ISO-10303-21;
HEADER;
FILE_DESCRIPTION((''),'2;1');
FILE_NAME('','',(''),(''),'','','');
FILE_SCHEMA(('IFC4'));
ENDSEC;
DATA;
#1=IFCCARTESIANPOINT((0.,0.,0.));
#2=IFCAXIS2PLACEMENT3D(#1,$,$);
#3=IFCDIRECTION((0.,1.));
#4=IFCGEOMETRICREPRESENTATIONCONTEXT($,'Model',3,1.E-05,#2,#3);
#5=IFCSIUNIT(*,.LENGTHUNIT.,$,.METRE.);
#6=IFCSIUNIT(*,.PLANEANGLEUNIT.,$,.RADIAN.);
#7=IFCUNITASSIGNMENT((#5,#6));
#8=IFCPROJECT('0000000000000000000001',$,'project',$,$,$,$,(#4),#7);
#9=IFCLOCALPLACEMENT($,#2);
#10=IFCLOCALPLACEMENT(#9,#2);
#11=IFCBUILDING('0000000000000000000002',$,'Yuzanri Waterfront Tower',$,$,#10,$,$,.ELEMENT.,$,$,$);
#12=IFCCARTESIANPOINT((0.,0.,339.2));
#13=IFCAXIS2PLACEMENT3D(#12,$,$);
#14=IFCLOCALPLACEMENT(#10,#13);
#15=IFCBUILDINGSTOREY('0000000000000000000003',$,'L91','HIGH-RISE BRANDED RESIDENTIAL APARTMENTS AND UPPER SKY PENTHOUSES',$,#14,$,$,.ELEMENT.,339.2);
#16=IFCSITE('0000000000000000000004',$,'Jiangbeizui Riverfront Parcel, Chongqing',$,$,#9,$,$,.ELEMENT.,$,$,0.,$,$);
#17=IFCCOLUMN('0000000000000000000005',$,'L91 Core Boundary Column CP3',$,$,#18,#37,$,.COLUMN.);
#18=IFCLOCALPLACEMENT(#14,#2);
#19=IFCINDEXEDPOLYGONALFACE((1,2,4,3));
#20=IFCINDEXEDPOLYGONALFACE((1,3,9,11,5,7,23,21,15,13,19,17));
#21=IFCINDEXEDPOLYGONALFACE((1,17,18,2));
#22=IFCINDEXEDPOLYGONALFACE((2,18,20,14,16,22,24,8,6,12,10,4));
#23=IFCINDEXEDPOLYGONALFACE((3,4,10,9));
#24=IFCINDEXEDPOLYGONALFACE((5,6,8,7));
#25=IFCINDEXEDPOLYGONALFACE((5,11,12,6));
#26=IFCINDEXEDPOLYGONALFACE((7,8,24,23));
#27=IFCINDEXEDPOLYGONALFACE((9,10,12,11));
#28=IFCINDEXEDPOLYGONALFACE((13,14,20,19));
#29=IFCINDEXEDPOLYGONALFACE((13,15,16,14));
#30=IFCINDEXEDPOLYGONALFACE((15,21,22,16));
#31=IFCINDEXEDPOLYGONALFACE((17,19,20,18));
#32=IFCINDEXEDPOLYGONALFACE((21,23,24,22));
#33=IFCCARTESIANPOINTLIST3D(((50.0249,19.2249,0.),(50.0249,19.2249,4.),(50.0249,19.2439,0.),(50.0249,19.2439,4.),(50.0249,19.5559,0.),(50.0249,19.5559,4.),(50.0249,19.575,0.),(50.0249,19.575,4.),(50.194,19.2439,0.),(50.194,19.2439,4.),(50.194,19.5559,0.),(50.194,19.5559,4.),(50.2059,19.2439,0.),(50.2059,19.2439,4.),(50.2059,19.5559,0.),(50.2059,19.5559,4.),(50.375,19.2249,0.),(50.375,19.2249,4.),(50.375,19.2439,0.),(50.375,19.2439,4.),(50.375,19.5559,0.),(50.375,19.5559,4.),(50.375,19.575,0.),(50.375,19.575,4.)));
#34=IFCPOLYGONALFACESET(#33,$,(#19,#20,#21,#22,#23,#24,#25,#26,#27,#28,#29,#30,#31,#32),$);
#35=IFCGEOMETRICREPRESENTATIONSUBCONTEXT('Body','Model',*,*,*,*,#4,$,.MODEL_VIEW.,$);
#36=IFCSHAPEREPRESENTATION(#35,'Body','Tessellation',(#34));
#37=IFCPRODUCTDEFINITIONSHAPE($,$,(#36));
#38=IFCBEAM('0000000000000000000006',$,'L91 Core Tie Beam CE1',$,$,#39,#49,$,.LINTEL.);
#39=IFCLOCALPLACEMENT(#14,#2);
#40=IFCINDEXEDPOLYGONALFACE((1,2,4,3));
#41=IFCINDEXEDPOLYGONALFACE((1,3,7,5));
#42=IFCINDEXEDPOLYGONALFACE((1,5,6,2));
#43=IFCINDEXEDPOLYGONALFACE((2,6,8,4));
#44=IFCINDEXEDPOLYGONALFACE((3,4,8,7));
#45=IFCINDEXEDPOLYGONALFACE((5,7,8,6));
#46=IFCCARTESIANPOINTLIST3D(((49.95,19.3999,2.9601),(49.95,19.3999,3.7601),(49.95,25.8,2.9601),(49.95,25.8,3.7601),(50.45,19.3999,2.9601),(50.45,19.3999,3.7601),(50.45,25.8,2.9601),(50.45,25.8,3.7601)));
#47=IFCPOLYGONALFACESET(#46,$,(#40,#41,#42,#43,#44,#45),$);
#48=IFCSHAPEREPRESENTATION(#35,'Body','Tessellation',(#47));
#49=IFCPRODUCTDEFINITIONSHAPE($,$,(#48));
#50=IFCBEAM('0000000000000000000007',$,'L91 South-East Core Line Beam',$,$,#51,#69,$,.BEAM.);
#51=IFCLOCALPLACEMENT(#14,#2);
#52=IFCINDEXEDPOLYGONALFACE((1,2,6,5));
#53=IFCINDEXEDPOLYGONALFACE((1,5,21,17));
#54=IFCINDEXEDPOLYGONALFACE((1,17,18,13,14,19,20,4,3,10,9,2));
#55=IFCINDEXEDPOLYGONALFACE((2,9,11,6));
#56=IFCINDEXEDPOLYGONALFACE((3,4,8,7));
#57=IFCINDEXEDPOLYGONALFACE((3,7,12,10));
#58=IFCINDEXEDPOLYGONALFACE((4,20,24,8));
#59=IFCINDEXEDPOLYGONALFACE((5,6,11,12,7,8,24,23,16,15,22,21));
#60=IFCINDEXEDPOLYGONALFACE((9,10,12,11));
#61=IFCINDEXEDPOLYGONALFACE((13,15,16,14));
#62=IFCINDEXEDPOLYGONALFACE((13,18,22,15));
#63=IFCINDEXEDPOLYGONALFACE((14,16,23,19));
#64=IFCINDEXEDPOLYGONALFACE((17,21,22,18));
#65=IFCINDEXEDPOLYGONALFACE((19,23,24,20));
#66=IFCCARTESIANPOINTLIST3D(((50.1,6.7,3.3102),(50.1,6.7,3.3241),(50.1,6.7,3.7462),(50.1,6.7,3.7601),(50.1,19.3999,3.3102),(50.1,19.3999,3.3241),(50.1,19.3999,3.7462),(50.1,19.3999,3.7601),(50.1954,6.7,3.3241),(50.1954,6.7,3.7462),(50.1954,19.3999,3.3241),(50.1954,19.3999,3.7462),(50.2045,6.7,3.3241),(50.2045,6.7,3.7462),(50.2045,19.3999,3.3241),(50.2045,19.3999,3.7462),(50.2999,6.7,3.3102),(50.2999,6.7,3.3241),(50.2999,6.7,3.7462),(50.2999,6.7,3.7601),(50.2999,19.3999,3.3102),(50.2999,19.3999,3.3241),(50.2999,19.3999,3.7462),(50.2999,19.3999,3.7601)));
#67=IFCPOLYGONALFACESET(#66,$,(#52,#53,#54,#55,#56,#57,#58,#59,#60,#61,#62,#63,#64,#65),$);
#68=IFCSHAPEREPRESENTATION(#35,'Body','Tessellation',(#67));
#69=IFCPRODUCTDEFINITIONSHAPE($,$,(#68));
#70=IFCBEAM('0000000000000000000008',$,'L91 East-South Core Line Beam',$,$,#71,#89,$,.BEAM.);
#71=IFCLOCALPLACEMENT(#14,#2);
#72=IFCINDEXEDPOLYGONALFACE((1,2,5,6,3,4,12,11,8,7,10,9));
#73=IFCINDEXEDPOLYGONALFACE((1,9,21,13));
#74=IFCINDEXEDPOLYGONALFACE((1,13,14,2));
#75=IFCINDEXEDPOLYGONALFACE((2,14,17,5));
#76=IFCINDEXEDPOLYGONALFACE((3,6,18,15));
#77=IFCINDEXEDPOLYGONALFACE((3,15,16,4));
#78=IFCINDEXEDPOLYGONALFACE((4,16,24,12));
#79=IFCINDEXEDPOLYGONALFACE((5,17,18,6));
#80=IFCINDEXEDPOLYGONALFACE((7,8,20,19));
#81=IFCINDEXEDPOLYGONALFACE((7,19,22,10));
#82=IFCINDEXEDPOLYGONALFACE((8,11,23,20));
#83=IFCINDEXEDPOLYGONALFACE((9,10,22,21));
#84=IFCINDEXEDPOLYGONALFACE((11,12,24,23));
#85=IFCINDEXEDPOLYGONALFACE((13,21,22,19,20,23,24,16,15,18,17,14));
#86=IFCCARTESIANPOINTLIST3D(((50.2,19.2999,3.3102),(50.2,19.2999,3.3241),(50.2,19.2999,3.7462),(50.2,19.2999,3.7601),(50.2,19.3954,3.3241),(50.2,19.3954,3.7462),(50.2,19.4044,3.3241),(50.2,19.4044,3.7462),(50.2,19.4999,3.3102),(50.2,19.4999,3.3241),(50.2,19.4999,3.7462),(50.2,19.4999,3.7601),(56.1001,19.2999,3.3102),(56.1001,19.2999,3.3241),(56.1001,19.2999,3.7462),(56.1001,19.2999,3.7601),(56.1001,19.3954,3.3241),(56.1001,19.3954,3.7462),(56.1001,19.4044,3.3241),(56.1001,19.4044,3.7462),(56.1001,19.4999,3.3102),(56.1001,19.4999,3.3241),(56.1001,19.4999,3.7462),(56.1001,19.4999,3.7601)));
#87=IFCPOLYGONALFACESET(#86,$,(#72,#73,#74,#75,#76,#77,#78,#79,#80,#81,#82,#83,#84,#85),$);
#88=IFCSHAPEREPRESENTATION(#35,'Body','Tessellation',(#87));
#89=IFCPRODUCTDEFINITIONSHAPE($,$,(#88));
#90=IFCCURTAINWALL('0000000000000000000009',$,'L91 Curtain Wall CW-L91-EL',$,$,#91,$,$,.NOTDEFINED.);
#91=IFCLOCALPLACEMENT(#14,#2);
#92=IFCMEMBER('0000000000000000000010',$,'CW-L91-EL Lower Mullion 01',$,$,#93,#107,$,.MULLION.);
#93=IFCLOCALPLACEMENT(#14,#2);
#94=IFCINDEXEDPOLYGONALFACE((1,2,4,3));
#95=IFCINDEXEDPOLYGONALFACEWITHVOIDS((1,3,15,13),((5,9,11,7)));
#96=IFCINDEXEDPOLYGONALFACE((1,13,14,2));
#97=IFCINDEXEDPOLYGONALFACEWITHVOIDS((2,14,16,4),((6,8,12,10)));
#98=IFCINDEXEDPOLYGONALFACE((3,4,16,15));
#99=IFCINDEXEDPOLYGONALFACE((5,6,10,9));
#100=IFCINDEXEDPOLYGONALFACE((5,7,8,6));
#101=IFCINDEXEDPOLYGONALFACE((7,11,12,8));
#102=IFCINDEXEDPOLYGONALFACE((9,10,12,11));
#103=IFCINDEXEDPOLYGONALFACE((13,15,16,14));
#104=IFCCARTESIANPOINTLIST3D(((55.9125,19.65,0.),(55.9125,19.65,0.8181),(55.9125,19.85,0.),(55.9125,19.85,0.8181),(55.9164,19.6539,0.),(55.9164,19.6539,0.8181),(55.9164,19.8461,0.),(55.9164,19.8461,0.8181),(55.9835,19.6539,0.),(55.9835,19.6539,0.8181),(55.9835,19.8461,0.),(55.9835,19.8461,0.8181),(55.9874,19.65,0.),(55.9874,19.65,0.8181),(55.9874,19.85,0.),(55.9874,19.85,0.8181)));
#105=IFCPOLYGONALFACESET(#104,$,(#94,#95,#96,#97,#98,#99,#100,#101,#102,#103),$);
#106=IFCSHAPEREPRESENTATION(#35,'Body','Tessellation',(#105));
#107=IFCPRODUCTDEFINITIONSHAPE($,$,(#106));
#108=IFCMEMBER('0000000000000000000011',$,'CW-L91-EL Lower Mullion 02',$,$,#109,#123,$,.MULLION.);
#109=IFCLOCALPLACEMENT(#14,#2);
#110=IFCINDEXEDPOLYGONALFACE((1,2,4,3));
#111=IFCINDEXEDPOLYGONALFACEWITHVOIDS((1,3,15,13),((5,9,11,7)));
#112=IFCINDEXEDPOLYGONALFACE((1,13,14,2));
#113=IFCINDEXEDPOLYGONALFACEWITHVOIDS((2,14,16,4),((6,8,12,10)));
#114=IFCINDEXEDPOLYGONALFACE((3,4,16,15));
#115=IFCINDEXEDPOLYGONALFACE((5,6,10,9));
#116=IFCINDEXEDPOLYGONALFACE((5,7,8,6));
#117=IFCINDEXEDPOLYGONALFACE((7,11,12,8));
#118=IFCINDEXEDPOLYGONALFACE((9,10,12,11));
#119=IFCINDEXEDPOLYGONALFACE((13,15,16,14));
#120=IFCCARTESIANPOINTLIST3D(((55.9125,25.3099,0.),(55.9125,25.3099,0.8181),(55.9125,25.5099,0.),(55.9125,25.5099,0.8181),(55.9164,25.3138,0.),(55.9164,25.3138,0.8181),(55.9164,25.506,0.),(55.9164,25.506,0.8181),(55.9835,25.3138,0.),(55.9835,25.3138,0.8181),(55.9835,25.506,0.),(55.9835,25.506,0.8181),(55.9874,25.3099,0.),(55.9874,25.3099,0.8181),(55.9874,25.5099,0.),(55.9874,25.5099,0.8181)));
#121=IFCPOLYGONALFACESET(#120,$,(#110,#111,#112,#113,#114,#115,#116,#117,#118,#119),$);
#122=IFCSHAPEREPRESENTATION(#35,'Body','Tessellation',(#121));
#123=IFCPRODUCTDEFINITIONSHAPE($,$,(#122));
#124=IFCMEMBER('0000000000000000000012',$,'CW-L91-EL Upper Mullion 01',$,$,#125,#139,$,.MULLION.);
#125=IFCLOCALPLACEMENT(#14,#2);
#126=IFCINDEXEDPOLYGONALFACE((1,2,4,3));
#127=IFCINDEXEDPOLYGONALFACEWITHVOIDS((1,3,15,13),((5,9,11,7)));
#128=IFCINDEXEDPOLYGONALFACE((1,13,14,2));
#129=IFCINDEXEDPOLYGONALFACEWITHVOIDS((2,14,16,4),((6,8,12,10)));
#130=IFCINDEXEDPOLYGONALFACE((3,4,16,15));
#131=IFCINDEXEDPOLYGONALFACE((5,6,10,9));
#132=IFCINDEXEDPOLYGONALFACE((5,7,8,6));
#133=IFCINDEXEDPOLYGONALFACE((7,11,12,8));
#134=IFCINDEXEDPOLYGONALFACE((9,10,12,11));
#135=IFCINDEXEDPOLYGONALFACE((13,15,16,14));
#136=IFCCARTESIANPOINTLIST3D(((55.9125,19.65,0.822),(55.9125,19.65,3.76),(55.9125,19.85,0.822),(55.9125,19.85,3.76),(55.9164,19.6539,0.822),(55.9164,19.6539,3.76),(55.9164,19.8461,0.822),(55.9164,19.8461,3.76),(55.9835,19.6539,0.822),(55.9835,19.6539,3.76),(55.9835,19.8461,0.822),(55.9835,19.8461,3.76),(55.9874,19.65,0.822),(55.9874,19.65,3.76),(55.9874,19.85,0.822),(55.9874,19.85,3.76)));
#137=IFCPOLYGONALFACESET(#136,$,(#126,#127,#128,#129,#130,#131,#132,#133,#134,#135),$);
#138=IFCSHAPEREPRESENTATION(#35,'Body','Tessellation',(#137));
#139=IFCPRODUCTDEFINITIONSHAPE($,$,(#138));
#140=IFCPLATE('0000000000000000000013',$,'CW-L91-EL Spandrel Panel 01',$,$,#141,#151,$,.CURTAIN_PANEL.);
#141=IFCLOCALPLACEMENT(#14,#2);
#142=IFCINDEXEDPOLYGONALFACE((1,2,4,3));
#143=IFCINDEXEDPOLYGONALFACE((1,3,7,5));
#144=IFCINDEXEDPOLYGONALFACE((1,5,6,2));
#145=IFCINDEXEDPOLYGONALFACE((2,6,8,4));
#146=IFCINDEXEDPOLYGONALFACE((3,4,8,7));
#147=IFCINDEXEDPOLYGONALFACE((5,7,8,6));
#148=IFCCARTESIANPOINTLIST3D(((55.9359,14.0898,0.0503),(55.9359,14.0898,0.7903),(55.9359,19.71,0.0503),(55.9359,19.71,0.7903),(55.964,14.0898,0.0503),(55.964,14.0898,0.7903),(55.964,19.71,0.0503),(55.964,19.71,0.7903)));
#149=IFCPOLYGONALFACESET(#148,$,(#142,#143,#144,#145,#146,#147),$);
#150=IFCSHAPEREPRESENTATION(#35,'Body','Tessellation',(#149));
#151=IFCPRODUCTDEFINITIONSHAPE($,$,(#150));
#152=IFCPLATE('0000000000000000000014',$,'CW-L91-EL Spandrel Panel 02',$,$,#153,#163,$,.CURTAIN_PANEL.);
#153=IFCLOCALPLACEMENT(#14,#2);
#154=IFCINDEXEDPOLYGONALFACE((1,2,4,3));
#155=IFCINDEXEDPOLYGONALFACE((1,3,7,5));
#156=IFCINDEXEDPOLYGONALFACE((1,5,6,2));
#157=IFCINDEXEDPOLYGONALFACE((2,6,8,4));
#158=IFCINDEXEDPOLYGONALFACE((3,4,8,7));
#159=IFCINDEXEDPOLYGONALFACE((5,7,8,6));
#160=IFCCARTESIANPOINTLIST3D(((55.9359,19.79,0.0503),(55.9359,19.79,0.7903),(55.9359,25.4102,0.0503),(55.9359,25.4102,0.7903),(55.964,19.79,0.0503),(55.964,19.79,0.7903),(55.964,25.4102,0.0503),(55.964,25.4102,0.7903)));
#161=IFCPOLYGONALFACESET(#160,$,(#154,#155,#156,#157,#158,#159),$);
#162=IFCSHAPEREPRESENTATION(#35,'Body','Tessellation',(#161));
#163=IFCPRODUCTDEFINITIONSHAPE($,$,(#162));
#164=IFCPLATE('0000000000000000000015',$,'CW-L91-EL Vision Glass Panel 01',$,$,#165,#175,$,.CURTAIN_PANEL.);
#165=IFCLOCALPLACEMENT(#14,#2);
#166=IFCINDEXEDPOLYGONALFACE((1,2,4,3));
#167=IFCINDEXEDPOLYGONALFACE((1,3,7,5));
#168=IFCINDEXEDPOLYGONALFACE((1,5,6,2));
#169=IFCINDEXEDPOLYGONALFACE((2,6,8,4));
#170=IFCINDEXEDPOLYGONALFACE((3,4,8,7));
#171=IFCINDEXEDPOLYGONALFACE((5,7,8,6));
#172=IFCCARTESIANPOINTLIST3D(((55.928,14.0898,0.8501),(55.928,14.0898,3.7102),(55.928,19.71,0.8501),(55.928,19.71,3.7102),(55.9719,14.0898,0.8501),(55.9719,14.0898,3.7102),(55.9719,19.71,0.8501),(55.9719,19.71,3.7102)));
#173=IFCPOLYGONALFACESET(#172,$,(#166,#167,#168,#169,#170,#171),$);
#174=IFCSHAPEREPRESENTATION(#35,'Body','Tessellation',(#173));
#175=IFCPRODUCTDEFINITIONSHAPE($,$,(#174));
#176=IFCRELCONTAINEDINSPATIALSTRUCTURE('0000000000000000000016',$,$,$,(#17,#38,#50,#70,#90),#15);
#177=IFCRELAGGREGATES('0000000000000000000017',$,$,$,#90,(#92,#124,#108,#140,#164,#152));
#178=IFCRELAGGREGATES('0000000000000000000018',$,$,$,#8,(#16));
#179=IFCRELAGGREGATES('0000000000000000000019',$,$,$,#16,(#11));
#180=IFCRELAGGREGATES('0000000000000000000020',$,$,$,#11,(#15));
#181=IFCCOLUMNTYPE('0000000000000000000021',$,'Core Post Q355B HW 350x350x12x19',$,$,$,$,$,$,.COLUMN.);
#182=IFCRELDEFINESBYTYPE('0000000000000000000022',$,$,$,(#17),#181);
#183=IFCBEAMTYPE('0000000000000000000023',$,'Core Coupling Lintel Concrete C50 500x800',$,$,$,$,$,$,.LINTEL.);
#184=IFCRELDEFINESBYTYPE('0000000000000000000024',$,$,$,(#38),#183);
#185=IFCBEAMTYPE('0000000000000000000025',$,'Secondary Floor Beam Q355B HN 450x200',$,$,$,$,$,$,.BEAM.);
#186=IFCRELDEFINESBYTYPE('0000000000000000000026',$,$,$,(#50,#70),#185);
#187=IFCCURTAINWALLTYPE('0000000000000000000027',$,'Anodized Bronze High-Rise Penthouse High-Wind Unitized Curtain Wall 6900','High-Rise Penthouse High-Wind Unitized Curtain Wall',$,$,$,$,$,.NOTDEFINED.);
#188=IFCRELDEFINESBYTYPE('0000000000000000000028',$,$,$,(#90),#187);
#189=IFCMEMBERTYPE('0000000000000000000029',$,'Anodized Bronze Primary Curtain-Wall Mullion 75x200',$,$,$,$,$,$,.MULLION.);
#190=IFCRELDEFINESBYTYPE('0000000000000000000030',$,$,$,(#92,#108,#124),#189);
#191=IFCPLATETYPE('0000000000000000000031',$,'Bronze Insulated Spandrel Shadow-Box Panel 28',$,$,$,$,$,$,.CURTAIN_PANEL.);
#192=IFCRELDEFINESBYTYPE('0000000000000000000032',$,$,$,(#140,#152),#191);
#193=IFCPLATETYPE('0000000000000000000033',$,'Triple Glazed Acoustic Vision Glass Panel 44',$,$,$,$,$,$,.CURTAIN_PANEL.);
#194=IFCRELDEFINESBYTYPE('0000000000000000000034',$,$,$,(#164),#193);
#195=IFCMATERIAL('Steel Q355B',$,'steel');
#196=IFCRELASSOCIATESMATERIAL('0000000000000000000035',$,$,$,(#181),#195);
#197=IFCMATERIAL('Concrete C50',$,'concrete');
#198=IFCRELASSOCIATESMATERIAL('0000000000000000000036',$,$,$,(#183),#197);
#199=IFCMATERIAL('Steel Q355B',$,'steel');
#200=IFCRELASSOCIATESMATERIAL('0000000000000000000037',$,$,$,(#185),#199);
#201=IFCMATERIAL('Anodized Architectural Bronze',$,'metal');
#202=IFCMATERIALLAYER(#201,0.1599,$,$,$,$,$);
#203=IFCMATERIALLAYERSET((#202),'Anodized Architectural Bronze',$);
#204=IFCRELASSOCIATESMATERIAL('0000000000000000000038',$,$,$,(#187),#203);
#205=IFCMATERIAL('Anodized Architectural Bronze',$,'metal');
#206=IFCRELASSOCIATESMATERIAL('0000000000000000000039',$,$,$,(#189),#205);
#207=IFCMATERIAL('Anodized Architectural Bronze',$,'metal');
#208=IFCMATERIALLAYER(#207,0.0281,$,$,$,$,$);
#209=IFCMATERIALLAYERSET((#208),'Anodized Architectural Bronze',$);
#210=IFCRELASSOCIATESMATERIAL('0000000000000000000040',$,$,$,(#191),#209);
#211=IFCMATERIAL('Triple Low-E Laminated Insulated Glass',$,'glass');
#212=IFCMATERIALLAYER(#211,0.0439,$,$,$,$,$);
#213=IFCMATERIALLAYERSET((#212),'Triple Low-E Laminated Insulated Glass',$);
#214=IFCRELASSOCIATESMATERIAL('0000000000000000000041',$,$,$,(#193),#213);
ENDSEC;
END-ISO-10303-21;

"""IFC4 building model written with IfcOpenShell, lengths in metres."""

from ifc_helpers import new_model, si_unit, direction, frame, origin, origin_2d, place, context, subcontext, project, spatial, rectangle, hollow_rectangle, i_section, extrude, source, transform, mapped, material, layer, layer_set, material_profile, profile_set, type_object, element, aggregate, save


model = new_model("IFC4")

# Units and contexts
model_context = context("Model", 3, precision=1e-05, world=origin(), true_north=direction((0.0, 1.0)))
body_context = subcontext(model_context, "Body", "Model", "MODEL_VIEW")
ifc_project = project(units=[si_unit("LENGTHUNIT", "METRE"), si_unit("PLANEANGLEUNIT", "RADIAN")], contexts=[model_context])

# Site, building, storey
site_placement = place(None, origin())
site = spatial("IfcSite", under=ifc_project, at=site_placement, Name="Jiangbeizui Riverfront Parcel, Chongqing", CompositionType="ELEMENT", RefElevation=0.0)
building_placement = place(site_placement, origin())
building = spatial("IfcBuilding", under=site, at=building_placement, Name="Yuzanri Waterfront Tower", CompositionType="ELEMENT")
storey_placement = place(building_placement, frame((0.0, 0.0, 339.2)))
storey = spatial("IfcBuildingStorey", under=building, at=storey_placement, Name="L91", Description="HIGH-RISE BRANDED RESIDENTIAL APARTMENTS AND UPPER SKY PENTHOUSES", CompositionType="ELEMENT", Elevation=339.2)

# Column
ifc_material_1 = material(Name="Steel Q355B", Category="steel")
ifc_material_profile_1 = material_profile(ifc_material_1, i_section(OverallWidth=0.3501, OverallDepth=0.3501, WebThickness=0.012, FlangeThickness=0.019, at=origin_2d()), Name="HW 350x350x12x19")
ifc_profile_set_1 = profile_set([ifc_material_profile_1], Name="Steel Q355B")
column_type = type_object("IfcColumnType", Name="Core Post Q355B HW 350x350x12x19", PredefinedType="COLUMN", material=ifc_profile_set_1)
shared_shape_1 = source(origin(), body_context, "Body", "SweptSolid", [
    extrude(i_section(OverallWidth=0.3501, OverallDepth=0.3501, WebThickness=0.012, FlangeThickness=0.019, at=origin_2d()), origin(), (0.0, 0.0, 1.0), 4.0),
])
column_placement = place(storey_placement, frame((50.2, 19.3999, 0.0), z_axis=(0.0, 0.0, 1.0), x_axis=(1.0, 0.0, 0.0)))
element("IfcColumn", 1, at=column_placement, inside=storey, type_object=column_type, Name="L91 Core Boundary Column CP3", PredefinedType="COLUMN", context=body_context, shape_type="MappedRepresentation", body=[
    mapped(shared_shape_1, transform((0.0, 0.0, 0.0), scale=1.0)),
])

# Beams
ifc_material_2 = material(Name="Concrete C50", Category="concrete")
ifc_material_profile_2 = material_profile(ifc_material_2, rectangle(XDim=0.5, YDim=0.8, at=origin_2d()), Name="RC 500x800")
ifc_profile_set_2 = profile_set([ifc_material_profile_2], Name="Concrete C50")
beam_type_1 = type_object("IfcBeamType", Name="Core Coupling Lintel Concrete C50 500x800", PredefinedType="LINTEL", material=ifc_profile_set_2)
shared_shape_2 = source(origin(), body_context, "Body", "SweptSolid", [
    extrude(rectangle(XDim=0.5, YDim=0.8, at=origin_2d()), origin(), (0.0, 0.0, 1.0), 6.4001),
])
beam_1_placement = place(storey_placement, frame((50.2, 19.3999, 3.3601), z_axis=(0.0, 1.0, 0.0), x_axis=(-1.0, 0.0, 0.0)))
element("IfcBeam", 2, at=beam_1_placement, inside=storey, type_object=beam_type_1, Name="L91 Core Tie Beam CE1", PredefinedType="LINTEL", context=body_context, shape_type="MappedRepresentation", body=[
    mapped(shared_shape_2, transform((0.0, 0.0, 0.0), scale=1.0)),
])
ifc_material_3 = material(Name="Steel Q355B", Category="steel")
ifc_material_profile_3 = material_profile(ifc_material_3, i_section(OverallWidth=0.2, OverallDepth=0.45, WebThickness=0.009, FlangeThickness=0.0139, at=origin_2d()), Name="HN 450x200x9x14")
ifc_profile_set_3 = profile_set([ifc_material_profile_3], Name="Steel Q355B")
beam_type_2 = type_object("IfcBeamType", Name="Secondary Floor Beam Q355B HN 450x200", PredefinedType="BEAM", material=ifc_profile_set_3)
shared_shape_3 = source(origin(), body_context, "Body", "SweptSolid", [
    extrude(i_section(OverallWidth=0.2, OverallDepth=0.45, WebThickness=0.009, FlangeThickness=0.0139, at=origin_2d()), origin(), (0.0, 0.0, 1.0), 12.7),
])
beam_2_placement = place(storey_placement, frame((50.2, 19.3999, 3.5352), z_axis=(0.0, -1.0, 0.0), x_axis=(1.0, 0.0, 0.0)))
element("IfcBeam", 3, at=beam_2_placement, inside=storey, type_object=beam_type_2, Name="L91 South-East Core Line Beam", PredefinedType="BEAM", context=body_context, shape_type="MappedRepresentation", body=[
    mapped(shared_shape_3, transform((0.0, 0.0, 0.0), scale=1.0)),
])
shared_shape_4 = source(origin(), body_context, "Body", "SweptSolid", [
    extrude(i_section(OverallWidth=0.2, OverallDepth=0.45, WebThickness=0.009, FlangeThickness=0.0139, at=origin_2d()), origin(), (0.0, 0.0, 1.0), 5.9001),
])
beam_3_placement = place(storey_placement, frame((50.2, 19.3999, 3.5352), z_axis=(1.0, 0.0, 0.0), x_axis=(0.0, 1.0, 0.0)))
element("IfcBeam", 4, at=beam_3_placement, inside=storey, type_object=beam_type_2, Name="L91 East-South Core Line Beam", PredefinedType="BEAM", context=body_context, shape_type="MappedRepresentation", body=[
    mapped(shared_shape_4, transform((0.0, 0.0, 0.0), scale=1.0)),
])

# Curtain wall, members, plates
ifc_material_4 = material(Name="Anodized Architectural Bronze", Category="metal")
ifc_layer_1 = layer(ifc_material_4, 0.1599)
ifc_layer_set_1 = layer_set([ifc_layer_1], Name="Anodized Architectural Bronze")
curtain_wall_type = type_object("IfcCurtainWallType", Name="Anodized Bronze High-Rise Penthouse High-Wind Unitized Curtain Wall 6900", Description="High-Rise Penthouse High-Wind Unitized Curtain Wall", PredefinedType="NOTDEFINED", material=ifc_layer_set_1)
curtain_wall_placement = place(storey_placement, origin())
curtain_wall = element("IfcCurtainWall", 5, at=curtain_wall_placement, inside=storey, type_object=curtain_wall_type, Name="L91 Curtain Wall CW-L91-EL", PredefinedType="NOTDEFINED")
ifc_material_5 = material(Name="Anodized Architectural Bronze", Category="metal")
ifc_material_profile_4 = material_profile(ifc_material_5, hollow_rectangle(XDim=0.075, YDim=0.2, WallThickness=0.0039, at=origin_2d()), Name="CWM 75x200")
ifc_profile_set_4 = profile_set([ifc_material_profile_4], Name="Anodized Architectural Bronze")
member_type = type_object("IfcMemberType", Name="Anodized Bronze Primary Curtain-Wall Mullion 75x200", PredefinedType="MULLION", material=ifc_profile_set_4)
shared_shape_5 = source(origin(), body_context, "Body", "SweptSolid", [
    extrude(hollow_rectangle(XDim=0.075, YDim=0.2, WallThickness=0.0039, at=origin_2d()), origin(), (0.0, 0.0, 1.0), 0.8181),
])
member_1_placement = place(storey_placement, frame((55.95, 19.75, 0.0), z_axis=(0.0, 0.0, 1.0), x_axis=(1.0, 0.0, 0.0)))
member_1 = element("IfcMember", 6, at=member_1_placement, type_object=member_type, Name="CW-L91-EL Lower Mullion 01", PredefinedType="MULLION", context=body_context, shape_type="MappedRepresentation", body=[
    mapped(shared_shape_5, transform((0.0, 0.0, 0.0), scale=1.0)),
])
member_2_placement = place(storey_placement, frame((55.95, 25.4099, 0.0), z_axis=(0.0, 0.0, 1.0), x_axis=(1.0, 0.0, 0.0)))
member_2 = element("IfcMember", 7, at=member_2_placement, type_object=member_type, Name="CW-L91-EL Lower Mullion 02", PredefinedType="MULLION", context=body_context, shape_type="MappedRepresentation", body=[
    mapped(shared_shape_5, transform((0.0, 0.0, 0.0), scale=1.0)),
])
shared_shape_6 = source(origin(), body_context, "Body", "SweptSolid", [
    extrude(hollow_rectangle(XDim=0.075, YDim=0.2, WallThickness=0.0039, at=origin_2d()), origin(), (0.0, 0.0, 1.0), 2.938),
])
member_3_placement = place(storey_placement, frame((55.95, 19.75, 0.822), z_axis=(0.0, 0.0, 1.0), x_axis=(1.0, 0.0, 0.0)))
member_3 = element("IfcMember", 8, at=member_3_placement, type_object=member_type, Name="CW-L91-EL Upper Mullion 01", PredefinedType="MULLION", context=body_context, shape_type="MappedRepresentation", body=[
    mapped(shared_shape_6, transform((0.0, 0.0, 0.0), scale=1.0)),
])
ifc_material_6 = material(Name="Anodized Architectural Bronze", Category="metal")
ifc_layer_2 = layer(ifc_material_6, 0.0281)
ifc_layer_set_2 = layer_set([ifc_layer_2], Name="Anodized Architectural Bronze")
plate_type_1 = type_object("IfcPlateType", Name="Bronze Insulated Spandrel Shadow-Box Panel 28", PredefinedType="CURTAIN_PANEL", material=ifc_layer_set_2)
shared_shape_7 = source(origin(), body_context, "Body", "SweptSolid", [
    extrude(rectangle(XDim=5.6201, YDim=0.0281, at=origin_2d()), origin(), (0.0, 0.0, 1.0), 0.74),
])
plate_1_placement = place(storey_placement, frame((55.95, 16.8999, 0.0503), z_axis=(0.0, 0.0, 1.0), x_axis=(0.0, 1.0, 0.0)))
plate_1 = element("IfcPlate", 9, at=plate_1_placement, type_object=plate_type_1, Name="CW-L91-EL Spandrel Panel 01", PredefinedType="CURTAIN_PANEL", context=body_context, shape_type="MappedRepresentation", body=[
    mapped(shared_shape_7, transform((0.0, 0.0, 0.0), scale=1.0)),
])
plate_2_placement = place(storey_placement, frame((55.95, 22.6001, 0.0503), z_axis=(0.0, 0.0, 1.0), x_axis=(0.0, 1.0, 0.0)))
plate_2 = element("IfcPlate", 10, at=plate_2_placement, type_object=plate_type_1, Name="CW-L91-EL Spandrel Panel 02", PredefinedType="CURTAIN_PANEL", context=body_context, shape_type="MappedRepresentation", body=[
    mapped(shared_shape_7, transform((0.0, 0.0, 0.0), scale=1.0)),
])
ifc_material_7 = material(Name="Triple Low-E Laminated Insulated Glass", Category="glass")
ifc_layer_3 = layer(ifc_material_7, 0.0439)
ifc_layer_set_3 = layer_set([ifc_layer_3], Name="Triple Low-E Laminated Insulated Glass")
plate_type_2 = type_object("IfcPlateType", Name="Triple Glazed Acoustic Vision Glass Panel 44", PredefinedType="CURTAIN_PANEL", material=ifc_layer_set_3)
shared_shape_8 = source(origin(), body_context, "Body", "SweptSolid", [
    extrude(rectangle(XDim=5.6201, YDim=0.0439, at=origin_2d()), origin(), (0.0, 0.0, 1.0), 2.8601),
])
plate_3_placement = place(storey_placement, frame((55.95, 16.8999, 0.8501), z_axis=(0.0, 0.0, 1.0), x_axis=(0.0, 1.0, 0.0)))
plate_3 = element("IfcPlate", 11, at=plate_3_placement, type_object=plate_type_2, Name="CW-L91-EL Vision Glass Panel 01", PredefinedType="CURTAIN_PANEL", context=body_context, shape_type="MappedRepresentation", body=[
    mapped(shared_shape_8, transform((0.0, 0.0, 0.0), scale=1.0)),
])
aggregate(curtain_wall, [member_1, member_3, member_2, plate_1, plate_3, plate_2])

save(model, "model.ifc")
